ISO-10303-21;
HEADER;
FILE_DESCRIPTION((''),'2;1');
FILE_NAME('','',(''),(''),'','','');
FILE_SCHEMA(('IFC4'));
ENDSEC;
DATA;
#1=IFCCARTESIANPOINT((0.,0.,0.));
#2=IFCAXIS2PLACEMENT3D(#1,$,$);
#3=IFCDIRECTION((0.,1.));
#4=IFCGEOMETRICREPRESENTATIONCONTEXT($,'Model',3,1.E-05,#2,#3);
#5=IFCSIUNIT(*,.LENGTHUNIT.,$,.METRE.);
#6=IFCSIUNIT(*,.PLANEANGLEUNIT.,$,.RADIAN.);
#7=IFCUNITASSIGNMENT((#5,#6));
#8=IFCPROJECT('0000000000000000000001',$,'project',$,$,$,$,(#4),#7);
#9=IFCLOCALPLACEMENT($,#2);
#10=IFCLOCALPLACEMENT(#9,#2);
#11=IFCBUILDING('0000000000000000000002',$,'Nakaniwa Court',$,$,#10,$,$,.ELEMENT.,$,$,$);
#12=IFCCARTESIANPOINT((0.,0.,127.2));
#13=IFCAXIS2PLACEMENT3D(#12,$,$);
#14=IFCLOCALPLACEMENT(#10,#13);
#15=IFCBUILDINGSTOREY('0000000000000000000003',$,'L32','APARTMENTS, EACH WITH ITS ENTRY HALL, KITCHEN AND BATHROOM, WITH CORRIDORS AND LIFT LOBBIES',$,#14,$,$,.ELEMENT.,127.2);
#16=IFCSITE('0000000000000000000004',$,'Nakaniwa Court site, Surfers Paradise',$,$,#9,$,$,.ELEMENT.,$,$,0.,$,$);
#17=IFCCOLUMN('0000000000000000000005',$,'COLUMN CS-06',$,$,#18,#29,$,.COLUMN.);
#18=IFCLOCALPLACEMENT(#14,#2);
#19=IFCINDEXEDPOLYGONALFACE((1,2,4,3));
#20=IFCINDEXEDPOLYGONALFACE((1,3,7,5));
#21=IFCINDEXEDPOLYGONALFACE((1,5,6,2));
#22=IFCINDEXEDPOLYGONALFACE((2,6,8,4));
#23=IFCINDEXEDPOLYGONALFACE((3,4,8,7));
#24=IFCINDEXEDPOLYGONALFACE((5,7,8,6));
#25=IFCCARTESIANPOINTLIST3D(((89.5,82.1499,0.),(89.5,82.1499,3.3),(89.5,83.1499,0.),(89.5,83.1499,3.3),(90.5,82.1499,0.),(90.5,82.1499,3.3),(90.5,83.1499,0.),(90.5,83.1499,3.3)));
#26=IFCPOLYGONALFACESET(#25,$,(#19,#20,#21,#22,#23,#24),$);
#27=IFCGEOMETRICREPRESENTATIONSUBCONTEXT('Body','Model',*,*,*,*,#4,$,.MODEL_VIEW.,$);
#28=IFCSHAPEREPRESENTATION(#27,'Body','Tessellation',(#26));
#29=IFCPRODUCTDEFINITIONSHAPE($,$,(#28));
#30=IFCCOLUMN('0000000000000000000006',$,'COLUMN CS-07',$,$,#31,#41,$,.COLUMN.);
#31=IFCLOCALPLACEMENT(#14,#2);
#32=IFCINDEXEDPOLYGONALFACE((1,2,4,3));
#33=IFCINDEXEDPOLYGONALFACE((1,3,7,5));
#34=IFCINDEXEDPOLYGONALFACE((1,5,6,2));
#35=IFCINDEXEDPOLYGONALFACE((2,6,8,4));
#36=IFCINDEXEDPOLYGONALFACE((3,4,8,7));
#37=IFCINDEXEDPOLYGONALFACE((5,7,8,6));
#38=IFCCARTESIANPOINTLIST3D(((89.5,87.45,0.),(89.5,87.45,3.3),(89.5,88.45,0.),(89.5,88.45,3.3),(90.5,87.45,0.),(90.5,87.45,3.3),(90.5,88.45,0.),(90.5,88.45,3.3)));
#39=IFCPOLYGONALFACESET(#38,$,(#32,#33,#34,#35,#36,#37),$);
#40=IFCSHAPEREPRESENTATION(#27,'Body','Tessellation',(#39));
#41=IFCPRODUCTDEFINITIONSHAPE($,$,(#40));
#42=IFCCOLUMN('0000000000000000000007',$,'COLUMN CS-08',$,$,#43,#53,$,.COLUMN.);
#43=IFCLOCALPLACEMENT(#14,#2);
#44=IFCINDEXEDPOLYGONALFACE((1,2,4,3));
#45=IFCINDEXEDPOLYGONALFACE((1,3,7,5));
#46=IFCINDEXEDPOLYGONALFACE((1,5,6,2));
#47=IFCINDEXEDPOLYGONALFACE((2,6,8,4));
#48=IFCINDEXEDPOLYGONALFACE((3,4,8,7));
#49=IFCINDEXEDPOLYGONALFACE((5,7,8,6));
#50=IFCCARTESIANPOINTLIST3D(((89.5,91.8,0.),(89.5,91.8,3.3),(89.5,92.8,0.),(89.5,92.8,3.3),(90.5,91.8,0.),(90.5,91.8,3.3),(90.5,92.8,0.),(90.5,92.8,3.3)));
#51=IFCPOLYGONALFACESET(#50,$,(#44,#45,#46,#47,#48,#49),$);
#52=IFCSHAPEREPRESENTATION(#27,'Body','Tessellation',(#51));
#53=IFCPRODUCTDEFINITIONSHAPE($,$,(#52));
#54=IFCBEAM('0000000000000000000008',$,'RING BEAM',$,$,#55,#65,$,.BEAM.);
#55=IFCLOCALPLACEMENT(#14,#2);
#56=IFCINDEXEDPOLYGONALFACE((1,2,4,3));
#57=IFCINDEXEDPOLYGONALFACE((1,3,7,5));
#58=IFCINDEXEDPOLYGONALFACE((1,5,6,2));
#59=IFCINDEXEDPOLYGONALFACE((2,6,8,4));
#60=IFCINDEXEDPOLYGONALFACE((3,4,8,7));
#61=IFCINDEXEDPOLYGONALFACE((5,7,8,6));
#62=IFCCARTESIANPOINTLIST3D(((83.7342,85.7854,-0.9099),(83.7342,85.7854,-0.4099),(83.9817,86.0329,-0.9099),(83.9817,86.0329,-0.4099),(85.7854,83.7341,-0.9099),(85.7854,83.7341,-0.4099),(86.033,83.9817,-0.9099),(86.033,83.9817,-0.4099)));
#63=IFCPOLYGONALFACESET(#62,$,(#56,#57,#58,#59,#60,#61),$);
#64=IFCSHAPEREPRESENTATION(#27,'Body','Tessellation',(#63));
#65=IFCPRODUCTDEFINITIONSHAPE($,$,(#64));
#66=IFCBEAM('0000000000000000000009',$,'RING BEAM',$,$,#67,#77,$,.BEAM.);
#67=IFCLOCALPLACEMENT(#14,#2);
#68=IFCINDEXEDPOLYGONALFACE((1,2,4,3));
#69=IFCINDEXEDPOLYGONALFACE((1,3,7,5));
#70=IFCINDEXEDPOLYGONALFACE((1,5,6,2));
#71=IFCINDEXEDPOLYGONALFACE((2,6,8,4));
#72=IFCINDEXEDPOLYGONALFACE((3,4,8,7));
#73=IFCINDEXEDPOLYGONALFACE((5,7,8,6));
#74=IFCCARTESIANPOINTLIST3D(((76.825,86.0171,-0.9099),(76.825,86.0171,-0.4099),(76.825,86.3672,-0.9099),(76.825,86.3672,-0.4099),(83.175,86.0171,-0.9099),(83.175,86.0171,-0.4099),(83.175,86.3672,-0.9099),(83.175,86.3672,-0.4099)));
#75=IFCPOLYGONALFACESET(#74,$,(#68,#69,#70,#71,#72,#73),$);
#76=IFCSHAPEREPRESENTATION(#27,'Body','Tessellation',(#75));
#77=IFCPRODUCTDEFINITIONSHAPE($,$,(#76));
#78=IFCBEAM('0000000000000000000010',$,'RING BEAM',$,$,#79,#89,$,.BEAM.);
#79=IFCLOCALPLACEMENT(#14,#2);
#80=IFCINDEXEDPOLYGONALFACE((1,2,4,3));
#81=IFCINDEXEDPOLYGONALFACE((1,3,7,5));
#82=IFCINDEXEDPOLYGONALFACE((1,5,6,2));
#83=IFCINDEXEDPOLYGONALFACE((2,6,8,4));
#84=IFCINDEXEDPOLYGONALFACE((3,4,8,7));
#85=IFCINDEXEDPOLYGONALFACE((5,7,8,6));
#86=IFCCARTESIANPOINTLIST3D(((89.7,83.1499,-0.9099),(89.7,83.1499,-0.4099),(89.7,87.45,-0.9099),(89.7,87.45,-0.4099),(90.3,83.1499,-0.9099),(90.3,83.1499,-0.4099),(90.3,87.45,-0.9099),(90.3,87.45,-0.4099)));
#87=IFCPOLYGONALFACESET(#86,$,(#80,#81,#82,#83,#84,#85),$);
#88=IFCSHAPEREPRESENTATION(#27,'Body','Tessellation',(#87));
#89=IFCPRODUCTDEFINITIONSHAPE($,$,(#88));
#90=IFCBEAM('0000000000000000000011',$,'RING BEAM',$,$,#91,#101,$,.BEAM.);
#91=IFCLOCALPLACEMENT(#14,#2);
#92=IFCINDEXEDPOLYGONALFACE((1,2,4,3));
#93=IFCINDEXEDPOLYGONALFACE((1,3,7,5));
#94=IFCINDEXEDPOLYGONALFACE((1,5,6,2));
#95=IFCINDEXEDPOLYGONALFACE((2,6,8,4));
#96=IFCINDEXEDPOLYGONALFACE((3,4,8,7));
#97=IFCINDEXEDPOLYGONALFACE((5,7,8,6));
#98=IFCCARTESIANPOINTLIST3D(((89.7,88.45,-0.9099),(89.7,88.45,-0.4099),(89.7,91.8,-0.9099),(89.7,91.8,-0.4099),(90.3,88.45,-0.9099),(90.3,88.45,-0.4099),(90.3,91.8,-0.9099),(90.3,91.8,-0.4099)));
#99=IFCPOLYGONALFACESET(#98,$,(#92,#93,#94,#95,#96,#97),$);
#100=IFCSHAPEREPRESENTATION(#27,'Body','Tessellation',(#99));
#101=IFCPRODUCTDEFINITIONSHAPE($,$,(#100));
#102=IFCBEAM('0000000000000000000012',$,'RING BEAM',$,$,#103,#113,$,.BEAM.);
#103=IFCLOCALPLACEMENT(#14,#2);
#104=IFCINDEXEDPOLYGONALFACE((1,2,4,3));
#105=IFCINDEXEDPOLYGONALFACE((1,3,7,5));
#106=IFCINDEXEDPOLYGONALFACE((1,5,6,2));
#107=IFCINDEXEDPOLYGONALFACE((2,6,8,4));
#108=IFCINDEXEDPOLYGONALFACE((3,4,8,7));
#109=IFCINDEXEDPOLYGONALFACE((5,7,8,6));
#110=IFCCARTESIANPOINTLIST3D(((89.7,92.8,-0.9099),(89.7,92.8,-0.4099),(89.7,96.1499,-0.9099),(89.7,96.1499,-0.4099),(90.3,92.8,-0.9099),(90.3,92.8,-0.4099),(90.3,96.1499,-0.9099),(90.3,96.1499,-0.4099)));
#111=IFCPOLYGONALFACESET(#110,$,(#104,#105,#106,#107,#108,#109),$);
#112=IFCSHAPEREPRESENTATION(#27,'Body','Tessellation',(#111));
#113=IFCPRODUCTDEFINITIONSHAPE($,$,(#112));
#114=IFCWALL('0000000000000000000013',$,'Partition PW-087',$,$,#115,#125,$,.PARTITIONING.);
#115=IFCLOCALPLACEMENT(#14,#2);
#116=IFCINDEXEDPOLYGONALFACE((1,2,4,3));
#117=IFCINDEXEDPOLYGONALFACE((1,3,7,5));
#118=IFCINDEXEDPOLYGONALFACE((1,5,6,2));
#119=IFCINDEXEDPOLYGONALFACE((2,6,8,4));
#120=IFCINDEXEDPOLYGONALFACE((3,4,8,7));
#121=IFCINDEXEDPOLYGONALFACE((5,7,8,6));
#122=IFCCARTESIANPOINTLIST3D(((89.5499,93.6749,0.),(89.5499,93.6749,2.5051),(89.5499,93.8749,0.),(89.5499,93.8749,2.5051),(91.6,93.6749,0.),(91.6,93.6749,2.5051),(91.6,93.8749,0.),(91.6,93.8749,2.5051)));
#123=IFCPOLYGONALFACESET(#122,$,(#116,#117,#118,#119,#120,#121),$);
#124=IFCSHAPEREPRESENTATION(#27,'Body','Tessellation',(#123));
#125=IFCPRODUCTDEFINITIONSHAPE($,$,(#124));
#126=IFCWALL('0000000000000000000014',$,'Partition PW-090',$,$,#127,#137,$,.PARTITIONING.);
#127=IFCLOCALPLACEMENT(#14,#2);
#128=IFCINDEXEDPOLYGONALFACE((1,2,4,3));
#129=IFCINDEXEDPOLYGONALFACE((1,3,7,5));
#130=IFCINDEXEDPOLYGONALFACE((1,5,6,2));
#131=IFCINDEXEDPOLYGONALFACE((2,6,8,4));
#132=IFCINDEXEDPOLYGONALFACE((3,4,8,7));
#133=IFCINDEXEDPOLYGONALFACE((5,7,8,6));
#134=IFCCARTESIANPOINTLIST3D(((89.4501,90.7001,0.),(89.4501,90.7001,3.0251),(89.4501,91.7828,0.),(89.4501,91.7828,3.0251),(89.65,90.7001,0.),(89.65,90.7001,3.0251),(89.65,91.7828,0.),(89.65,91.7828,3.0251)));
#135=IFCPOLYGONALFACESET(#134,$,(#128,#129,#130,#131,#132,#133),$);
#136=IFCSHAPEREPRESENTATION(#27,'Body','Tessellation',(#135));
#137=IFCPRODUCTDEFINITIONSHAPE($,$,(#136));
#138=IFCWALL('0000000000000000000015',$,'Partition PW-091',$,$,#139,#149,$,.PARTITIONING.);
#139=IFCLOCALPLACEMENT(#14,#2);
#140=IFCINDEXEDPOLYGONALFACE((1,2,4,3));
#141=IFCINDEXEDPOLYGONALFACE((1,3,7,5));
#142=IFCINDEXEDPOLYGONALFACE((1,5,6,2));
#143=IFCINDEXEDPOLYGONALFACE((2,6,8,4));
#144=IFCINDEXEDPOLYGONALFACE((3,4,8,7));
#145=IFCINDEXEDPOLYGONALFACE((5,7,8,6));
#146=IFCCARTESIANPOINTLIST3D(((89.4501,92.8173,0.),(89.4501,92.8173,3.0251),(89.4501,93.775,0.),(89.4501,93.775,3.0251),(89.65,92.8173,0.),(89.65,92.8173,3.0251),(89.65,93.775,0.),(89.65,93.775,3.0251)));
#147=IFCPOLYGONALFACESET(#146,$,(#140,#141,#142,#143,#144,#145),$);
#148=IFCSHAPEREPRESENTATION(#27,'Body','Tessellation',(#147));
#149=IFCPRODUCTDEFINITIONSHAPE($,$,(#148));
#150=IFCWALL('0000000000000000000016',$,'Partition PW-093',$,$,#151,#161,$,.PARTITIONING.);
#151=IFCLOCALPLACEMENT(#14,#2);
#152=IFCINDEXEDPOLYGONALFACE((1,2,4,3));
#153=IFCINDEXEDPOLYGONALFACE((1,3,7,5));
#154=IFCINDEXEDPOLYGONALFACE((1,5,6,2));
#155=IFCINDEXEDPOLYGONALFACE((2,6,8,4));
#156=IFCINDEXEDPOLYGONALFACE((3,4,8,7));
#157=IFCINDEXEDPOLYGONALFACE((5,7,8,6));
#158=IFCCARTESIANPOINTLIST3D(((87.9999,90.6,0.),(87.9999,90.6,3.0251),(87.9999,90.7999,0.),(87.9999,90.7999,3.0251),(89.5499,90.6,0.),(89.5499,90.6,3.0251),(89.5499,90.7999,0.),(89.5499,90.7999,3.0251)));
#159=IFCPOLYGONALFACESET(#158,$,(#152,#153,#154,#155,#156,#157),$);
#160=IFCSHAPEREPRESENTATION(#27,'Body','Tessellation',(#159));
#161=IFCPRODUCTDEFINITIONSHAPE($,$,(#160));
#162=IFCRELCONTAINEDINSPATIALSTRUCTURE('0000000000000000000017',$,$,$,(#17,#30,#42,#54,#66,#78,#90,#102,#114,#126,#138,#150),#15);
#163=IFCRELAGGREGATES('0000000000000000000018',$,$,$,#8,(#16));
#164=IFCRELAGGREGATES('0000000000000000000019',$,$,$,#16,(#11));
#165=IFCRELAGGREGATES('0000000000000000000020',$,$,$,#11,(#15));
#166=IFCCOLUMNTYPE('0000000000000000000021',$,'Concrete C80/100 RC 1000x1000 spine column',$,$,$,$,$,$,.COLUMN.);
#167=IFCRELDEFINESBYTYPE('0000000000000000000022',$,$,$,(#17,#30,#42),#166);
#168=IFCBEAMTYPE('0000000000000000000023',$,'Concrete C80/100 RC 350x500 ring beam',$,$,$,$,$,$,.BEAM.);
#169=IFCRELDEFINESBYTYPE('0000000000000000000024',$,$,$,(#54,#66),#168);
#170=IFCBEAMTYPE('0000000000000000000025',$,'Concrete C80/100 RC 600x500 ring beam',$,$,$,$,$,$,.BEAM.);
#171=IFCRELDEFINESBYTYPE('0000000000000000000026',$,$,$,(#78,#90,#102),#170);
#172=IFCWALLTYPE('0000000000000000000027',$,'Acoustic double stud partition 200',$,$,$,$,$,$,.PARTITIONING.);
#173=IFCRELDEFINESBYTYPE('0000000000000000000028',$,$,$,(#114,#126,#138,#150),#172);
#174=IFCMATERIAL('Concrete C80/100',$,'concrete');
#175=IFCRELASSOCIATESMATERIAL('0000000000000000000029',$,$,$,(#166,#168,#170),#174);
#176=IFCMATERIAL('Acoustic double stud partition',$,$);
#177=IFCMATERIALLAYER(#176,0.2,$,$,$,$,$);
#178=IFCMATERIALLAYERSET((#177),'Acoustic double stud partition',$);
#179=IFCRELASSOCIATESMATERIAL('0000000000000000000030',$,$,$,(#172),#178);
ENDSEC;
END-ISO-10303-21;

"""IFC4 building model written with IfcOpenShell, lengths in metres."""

from ifc_helpers import new_model, si_unit, direction, frame, frame_2d, origin, origin_2d, place, context, subcontext, project, spatial, rectangle, extrude, material, layer, layer_set, material_profile, profile_set, type_object, element, save


model = new_model("IFC4")

# Units and contexts
model_context = context("Model", 3, precision=1e-05, world=origin(), true_north=direction((0.0, 1.0)))
body_context = subcontext(model_context, "Body", "Model", "MODEL_VIEW")
ifc_project = project(units=[si_unit("LENGTHUNIT", "METRE"), si_unit("PLANEANGLEUNIT", "RADIAN")], contexts=[model_context])

# Site, building, storey
site_placement = place(None, origin())
site = spatial("IfcSite", under=ifc_project, at=site_placement, Name="Nakaniwa Court site, Surfers Paradise", CompositionType="ELEMENT", RefElevation=0.0)
building_placement = place(site_placement, origin())
building = spatial("IfcBuilding", under=site, at=building_placement, Name="Nakaniwa Court", CompositionType="ELEMENT")
storey_placement = place(building_placement, frame((0.0, 0.0, 127.2)))
storey = spatial("IfcBuildingStorey", under=building, at=storey_placement, Name="L32", Description="APARTMENTS, EACH WITH ITS ENTRY HALL, KITCHEN AND BATHROOM, WITH CORRIDORS AND LIFT LOBBIES", CompositionType="ELEMENT", Elevation=127.2)

# Columns
ifc_material_1 = material(Name="Concrete C80/100", Category="concrete")
ifc_material_profile_1 = material_profile(ifc_material_1, rectangle(XDim=1.0, YDim=1.0, at=origin_2d()), Name="Concrete C80/100 RC 1000x1000 spine column")
ifc_profile_set_1 = profile_set([ifc_material_profile_1], Name="Concrete C80/100")
column_type_1 = type_object("IfcColumnType", Name="Concrete C80/100 RC 1000x1000 spine column", PredefinedType="COLUMN", material=ifc_profile_set_1)
for number, where, z_axis, x_axis, name in (
    (1, (90.0, 82.6499, 0.0), (0.0, 0.0, 1.0), (0.0, 1.0, 0.0), "COLUMN CS-06"),
    (2, (90.0, 87.95, 0.0), (0.0, 0.0, 1.0), (0.0, 1.0, 0.0), "COLUMN CS-07"),
    (3, (90.0, 92.3, 0.0), (0.0, 0.0, 1.0), (0.0, 1.0, 0.0), "COLUMN CS-08"),
):
    element("IfcColumn", number, at=place(storey_placement, frame(where, z_axis=z_axis, x_axis=x_axis)), inside=storey, type_object=column_type_1, Name=name, PredefinedType="COLUMN", context=body_context, shape_type="SweptSolid", body=[
        extrude(rectangle(XDim=1.0, YDim=1.0, at=origin_2d()), origin(), (0.0, 0.0, 1.0), 3.3),
    ])

# Beams
ifc_material_profile_2 = material_profile(ifc_material_1, rectangle(XDim=0.3501, YDim=0.5, at=origin_2d()), Name="Concrete C80/100 RC 350x500 ring beam")
ifc_profile_set_2 = profile_set([ifc_material_profile_2], Name="Concrete C80/100")
beam_type_1 = type_object("IfcBeamType", Name="Concrete C80/100 RC 350x500 ring beam", PredefinedType="BEAM", material=ifc_profile_set_2)
beam_1_placement = place(storey_placement, frame((85.9092, 83.8579, -0.6599), z_axis=(-0.707107, 0.707107, 0.0), x_axis=(-0.707107, -0.707107, 0.0)))
element("IfcBeam", 4, at=beam_1_placement, inside=storey, type_object=beam_type_1, Name="RING BEAM", PredefinedType="BEAM", context=body_context, shape_type="SweptSolid", body=[
    extrude(rectangle(XDim=0.3501, YDim=0.5, at=origin_2d()), origin(), (0.0, 0.0, 1.0), 2.9009),
])
beam_2_placement = place(storey_placement, frame((83.175, 86.1921, -0.6599), z_axis=(-1.0, 0.0, 0.0), x_axis=(0.0, -1.0, 0.0)))
element("IfcBeam", 5, at=beam_2_placement, inside=storey, type_object=beam_type_1, Name="RING BEAM", PredefinedType="BEAM", context=body_context, shape_type="SweptSolid", body=[
    extrude(rectangle(XDim=0.3501, YDim=0.5, at=origin_2d()), origin(), (0.0, 0.0, 1.0), 6.3501),
])
ifc_material_profile_3 = material_profile(ifc_material_1, rectangle(XDim=0.6001, YDim=0.5, at=origin_2d()), Name="Concrete C80/100 RC 600x500 ring beam")
ifc_profile_set_3 = profile_set([ifc_material_profile_3], Name="Concrete C80/100")
beam_type_2 = type_object("IfcBeamType", Name="Concrete C80/100 RC 600x500 ring beam", PredefinedType="BEAM", material=ifc_profile_set_3)
beam_3_placement = place(storey_placement, frame((90.0, 83.1499, -0.6599), z_axis=(0.0, 1.0, 0.0), x_axis=(-1.0, 0.0, 0.0)))
element("IfcBeam", 6, at=beam_3_placement, inside=storey, type_object=beam_type_2, Name="RING BEAM", PredefinedType="BEAM", context=body_context, shape_type="SweptSolid", body=[
    extrude(rectangle(XDim=0.6001, YDim=0.5, at=origin_2d()), origin(), (0.0, 0.0, 1.0), 4.3),
])
beam_4_placement = place(storey_placement, frame((90.0, 88.45, -0.6599), z_axis=(0.0, 1.0, 0.0), x_axis=(-1.0, 0.0, 0.0)))
element("IfcBeam", 7, at=beam_4_placement, inside=storey, type_object=beam_type_2, Name="RING BEAM", PredefinedType="BEAM", context=body_context, shape_type="SweptSolid", body=[
    extrude(rectangle(XDim=0.6001, YDim=0.5, at=origin_2d()), origin(), (0.0, 0.0, 1.0), 3.3501),
])
beam_5_placement = place(storey_placement, frame((90.0, 92.8, -0.6599), z_axis=(0.0, 1.0, 0.0), x_axis=(-1.0, 0.0, 0.0)))
element("IfcBeam", 8, at=beam_5_placement, inside=storey, type_object=beam_type_2, Name="RING BEAM", PredefinedType="BEAM", context=body_context, shape_type="SweptSolid", body=[
    extrude(rectangle(XDim=0.6001, YDim=0.5, at=origin_2d()), origin(), (0.0, 0.0, 1.0), 3.3499),
])

# Walls
ifc_material_2 = material(Name="Acoustic double stud partition")
ifc_layer_1 = layer(ifc_material_2, 0.2)
ifc_layer_set_1 = layer_set([ifc_layer_1], Name="Acoustic double stud partition")
wall_type_1 = type_object("IfcWallType", Name="Acoustic double stud partition 200", PredefinedType="PARTITIONING", material=ifc_layer_set_1)
wall_1_placement = place(storey_placement, frame((89.55, 93.7749, 0.0), z_axis=(0.0, 0.0, 1.0), x_axis=(1.0, 0.0, 0.0)))
element("IfcWall", 9, at=wall_1_placement, inside=storey, type_object=wall_type_1, Name="Partition PW-087", PredefinedType="PARTITIONING", context=body_context, shape_type="SweptSolid", body=[
    extrude(rectangle(XDim=2.05, YDim=0.2, at=frame_2d((1.0249, 0.0))), origin(), (0.0, 0.0, 1.0), 2.5051),
])
wall_2_placement = place(storey_placement, frame((89.55, 90.7, 0.0), z_axis=(0.0, 0.0, 1.0), x_axis=(0.0, 1.0, 0.0)))
element("IfcWall", 10, at=wall_2_placement, inside=storey, type_object=wall_type_1, Name="Partition PW-090", PredefinedType="PARTITIONING", context=body_context, shape_type="SweptSolid", body=[
    extrude(rectangle(XDim=1.0828, YDim=0.2, at=frame_2d((0.5415, 0.0))), origin(), (0.0, 0.0, 1.0), 3.0251),
])
wall_3_placement = place(storey_placement, frame((89.55, 92.8171, 0.0), z_axis=(0.0, 0.0, 1.0), x_axis=(0.0, 1.0, 0.0)))
element("IfcWall", 11, at=wall_3_placement, inside=storey, type_object=wall_type_1, Name="Partition PW-091", PredefinedType="PARTITIONING", context=body_context, shape_type="SweptSolid", body=[
    extrude(rectangle(XDim=0.9578, YDim=0.2, at=frame_2d((0.479, 0.0))), origin(), (0.0, 0.0, 1.0), 3.0251),
])
wall_4_placement = place(storey_placement, frame((88.0, 90.7, 0.0), z_axis=(0.0, 0.0, 1.0), x_axis=(1.0, 0.0, 0.0)))
element("IfcWall", 12, at=wall_4_placement, inside=storey, type_object=wall_type_1, Name="Partition PW-093", PredefinedType="PARTITIONING", context=body_context, shape_type="SweptSolid", body=[
    extrude(rectangle(XDim=1.55, YDim=0.2, at=frame_2d((0.7749, 0.0))), origin(), (0.0, 0.0, 1.0), 3.0251),
])

save(model, "model.ifc")
